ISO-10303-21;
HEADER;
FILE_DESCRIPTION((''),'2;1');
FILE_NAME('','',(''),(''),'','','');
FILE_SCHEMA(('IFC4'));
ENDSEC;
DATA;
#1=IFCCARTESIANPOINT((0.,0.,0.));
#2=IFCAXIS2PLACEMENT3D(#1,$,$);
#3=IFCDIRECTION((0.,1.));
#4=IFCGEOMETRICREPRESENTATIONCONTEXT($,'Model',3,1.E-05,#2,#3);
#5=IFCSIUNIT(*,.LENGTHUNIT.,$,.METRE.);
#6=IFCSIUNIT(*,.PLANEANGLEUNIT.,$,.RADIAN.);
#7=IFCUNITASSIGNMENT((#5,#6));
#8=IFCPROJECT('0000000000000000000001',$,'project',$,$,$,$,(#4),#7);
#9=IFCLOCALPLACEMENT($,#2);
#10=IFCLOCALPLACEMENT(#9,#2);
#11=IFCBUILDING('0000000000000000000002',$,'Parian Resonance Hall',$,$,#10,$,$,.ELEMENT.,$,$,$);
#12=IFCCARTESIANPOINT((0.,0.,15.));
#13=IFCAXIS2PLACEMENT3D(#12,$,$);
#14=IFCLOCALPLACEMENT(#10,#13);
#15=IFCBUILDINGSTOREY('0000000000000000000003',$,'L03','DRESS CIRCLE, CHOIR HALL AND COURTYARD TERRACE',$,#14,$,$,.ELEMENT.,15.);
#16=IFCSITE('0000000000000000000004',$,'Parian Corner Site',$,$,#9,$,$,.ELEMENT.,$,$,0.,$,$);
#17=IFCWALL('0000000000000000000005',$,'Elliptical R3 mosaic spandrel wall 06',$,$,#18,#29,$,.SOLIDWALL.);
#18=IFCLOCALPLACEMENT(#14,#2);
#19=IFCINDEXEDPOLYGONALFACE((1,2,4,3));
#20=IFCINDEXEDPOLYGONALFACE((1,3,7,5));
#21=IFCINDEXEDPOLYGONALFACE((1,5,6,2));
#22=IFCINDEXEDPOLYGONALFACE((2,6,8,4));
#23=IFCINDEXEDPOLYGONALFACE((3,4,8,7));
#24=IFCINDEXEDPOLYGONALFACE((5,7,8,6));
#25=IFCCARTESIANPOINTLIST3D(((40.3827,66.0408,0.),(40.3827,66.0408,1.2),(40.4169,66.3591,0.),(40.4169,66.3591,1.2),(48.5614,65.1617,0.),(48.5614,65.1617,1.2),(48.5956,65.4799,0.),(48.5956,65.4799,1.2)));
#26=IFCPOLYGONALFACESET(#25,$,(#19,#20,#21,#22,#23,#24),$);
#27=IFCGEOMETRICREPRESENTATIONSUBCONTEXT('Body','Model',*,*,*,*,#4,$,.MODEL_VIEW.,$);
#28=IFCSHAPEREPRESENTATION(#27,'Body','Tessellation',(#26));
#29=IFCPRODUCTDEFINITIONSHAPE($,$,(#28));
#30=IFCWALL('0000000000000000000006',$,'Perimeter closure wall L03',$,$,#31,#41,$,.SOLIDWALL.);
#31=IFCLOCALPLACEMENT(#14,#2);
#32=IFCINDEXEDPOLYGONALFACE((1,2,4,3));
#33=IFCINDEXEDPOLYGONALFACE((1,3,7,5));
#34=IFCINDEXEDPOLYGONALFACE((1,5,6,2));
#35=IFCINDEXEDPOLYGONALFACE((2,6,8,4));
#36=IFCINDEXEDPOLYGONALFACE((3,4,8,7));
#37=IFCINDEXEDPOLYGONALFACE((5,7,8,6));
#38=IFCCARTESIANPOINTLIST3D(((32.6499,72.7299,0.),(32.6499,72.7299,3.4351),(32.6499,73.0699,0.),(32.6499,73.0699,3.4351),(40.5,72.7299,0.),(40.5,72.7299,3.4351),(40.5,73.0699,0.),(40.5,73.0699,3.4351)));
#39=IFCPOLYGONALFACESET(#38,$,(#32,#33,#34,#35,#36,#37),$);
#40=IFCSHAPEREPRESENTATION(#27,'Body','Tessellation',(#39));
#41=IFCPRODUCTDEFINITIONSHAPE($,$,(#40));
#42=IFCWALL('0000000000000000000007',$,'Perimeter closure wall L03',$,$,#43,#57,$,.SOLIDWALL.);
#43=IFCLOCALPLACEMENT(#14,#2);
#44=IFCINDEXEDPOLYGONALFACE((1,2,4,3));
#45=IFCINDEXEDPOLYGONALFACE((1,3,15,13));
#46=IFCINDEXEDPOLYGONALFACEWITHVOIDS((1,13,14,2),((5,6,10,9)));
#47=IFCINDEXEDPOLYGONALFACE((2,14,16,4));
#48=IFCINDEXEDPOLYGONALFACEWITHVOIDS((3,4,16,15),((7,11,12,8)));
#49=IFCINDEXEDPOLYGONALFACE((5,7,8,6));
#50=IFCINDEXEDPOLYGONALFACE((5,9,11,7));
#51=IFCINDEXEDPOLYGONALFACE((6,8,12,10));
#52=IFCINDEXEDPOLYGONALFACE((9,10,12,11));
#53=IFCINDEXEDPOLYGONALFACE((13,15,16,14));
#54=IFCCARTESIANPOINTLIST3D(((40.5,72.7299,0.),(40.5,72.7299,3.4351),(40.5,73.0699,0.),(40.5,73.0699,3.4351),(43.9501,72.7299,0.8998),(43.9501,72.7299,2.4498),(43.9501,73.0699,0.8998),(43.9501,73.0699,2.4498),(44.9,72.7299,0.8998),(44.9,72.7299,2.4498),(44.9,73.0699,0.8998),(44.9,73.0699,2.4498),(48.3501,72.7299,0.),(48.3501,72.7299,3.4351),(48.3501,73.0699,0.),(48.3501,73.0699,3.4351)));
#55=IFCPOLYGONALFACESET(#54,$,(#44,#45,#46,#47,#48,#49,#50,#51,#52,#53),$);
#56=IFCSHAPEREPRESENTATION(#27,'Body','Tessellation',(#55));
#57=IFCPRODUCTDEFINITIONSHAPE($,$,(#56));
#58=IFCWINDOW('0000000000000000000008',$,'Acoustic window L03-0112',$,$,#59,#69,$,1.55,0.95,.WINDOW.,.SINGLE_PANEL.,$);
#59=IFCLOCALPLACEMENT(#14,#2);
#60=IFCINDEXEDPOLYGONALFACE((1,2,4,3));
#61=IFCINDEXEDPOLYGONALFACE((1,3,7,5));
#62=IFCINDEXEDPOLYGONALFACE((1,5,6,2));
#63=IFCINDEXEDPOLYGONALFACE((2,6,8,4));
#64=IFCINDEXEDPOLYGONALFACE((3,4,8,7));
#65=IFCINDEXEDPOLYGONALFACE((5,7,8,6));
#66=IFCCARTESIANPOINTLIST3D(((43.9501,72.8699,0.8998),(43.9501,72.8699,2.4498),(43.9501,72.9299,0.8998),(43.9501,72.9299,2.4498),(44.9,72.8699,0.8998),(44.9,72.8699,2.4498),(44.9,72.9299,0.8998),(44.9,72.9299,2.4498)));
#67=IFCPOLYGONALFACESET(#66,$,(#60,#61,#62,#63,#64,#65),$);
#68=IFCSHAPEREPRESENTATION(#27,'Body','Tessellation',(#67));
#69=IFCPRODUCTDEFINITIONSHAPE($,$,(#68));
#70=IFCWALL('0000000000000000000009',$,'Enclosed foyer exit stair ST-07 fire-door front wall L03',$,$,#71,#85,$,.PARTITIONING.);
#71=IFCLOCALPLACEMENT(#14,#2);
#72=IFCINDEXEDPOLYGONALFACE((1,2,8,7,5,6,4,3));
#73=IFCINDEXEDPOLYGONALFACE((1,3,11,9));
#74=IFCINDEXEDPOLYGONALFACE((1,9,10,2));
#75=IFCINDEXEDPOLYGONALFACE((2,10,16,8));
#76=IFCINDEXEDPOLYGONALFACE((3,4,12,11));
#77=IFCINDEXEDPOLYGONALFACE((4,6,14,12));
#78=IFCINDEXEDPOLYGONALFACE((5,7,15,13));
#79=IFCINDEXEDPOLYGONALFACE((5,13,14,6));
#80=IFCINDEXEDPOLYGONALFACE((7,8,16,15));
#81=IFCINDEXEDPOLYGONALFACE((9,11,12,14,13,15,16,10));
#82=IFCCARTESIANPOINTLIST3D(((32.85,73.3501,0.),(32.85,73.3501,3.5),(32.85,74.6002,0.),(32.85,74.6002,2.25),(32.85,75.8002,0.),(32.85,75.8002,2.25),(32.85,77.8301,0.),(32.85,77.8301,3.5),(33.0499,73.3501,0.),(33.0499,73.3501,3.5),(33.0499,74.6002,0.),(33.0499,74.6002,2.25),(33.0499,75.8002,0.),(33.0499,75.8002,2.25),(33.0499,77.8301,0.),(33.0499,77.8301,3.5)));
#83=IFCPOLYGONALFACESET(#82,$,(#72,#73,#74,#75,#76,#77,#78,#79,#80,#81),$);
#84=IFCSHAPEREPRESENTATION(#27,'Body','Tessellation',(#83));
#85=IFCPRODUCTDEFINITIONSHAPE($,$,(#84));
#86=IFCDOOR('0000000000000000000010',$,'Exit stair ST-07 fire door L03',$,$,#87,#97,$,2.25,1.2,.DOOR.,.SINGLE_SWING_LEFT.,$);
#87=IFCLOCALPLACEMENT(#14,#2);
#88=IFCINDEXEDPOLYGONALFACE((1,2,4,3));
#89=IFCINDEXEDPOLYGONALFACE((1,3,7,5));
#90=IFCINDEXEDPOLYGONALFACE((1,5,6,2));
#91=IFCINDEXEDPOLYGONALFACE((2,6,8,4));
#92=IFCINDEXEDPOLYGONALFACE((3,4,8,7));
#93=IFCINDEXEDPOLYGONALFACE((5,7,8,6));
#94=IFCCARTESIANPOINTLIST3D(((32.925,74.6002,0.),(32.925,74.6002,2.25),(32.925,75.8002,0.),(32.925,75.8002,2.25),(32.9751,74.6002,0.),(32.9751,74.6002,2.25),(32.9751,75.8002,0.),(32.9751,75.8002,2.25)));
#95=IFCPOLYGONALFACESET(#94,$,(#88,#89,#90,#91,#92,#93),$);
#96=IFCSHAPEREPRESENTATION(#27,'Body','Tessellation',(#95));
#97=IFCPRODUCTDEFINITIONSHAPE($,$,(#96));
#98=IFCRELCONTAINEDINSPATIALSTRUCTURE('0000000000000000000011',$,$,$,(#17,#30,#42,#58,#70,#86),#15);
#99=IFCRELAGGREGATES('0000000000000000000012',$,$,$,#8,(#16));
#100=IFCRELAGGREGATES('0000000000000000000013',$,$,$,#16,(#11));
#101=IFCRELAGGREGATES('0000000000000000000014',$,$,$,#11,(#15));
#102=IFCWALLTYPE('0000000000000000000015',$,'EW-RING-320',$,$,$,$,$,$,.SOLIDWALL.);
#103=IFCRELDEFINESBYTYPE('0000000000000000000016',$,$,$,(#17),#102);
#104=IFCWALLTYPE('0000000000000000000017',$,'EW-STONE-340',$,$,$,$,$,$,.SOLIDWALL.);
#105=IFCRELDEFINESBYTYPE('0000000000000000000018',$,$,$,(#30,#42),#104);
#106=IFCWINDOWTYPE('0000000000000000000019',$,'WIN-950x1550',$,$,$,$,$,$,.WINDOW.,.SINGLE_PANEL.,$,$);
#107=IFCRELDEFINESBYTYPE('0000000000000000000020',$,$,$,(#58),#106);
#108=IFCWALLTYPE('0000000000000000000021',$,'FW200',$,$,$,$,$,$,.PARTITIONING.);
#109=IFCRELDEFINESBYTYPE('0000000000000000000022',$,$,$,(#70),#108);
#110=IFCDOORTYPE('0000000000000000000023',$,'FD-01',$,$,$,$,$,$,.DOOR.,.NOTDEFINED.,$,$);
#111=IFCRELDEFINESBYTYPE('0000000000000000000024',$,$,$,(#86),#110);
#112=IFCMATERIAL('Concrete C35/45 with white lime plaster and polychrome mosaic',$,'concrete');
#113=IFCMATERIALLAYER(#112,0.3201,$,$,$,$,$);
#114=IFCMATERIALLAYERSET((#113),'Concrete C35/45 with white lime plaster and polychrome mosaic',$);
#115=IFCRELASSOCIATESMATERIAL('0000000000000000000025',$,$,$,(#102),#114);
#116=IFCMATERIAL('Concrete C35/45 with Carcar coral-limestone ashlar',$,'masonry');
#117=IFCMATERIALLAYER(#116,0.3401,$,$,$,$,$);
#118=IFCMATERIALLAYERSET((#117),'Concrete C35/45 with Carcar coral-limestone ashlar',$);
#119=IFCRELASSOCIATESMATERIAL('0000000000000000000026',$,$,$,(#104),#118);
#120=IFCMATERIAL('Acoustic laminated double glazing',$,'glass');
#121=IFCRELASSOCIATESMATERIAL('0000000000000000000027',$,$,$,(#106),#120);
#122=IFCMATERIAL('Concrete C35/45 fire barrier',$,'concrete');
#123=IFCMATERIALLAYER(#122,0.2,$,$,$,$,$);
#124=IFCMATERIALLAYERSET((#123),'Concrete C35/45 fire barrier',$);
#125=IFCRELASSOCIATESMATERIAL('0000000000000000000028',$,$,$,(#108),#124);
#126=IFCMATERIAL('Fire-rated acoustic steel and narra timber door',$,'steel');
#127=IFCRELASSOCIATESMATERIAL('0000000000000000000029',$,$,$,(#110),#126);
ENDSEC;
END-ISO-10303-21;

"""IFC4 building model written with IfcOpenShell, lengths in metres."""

from ifc_helpers import new_model, si_unit, direction, frame, frame_2d, origin, place, context, subcontext, project, spatial, rectangle, extrude, material, layer, layer_set, type_object, element, fill, save


model = new_model("IFC4")

# Units and contexts
model_context = context("Model", 3, precision=1e-05, world=origin(), true_north=direction((0.0, 1.0)))
body_context = subcontext(model_context, "Body", "Model", "MODEL_VIEW")
ifc_project = project(units=[si_unit("LENGTHUNIT", "METRE"), si_unit("PLANEANGLEUNIT", "RADIAN")], contexts=[model_context])

# Site, building, storey
site_placement = place(None, origin())
site = spatial("IfcSite", under=ifc_project, at=site_placement, Name="Parian Corner Site", CompositionType="ELEMENT", RefElevation=0.0)
building_placement = place(site_placement, origin())
building = spatial("IfcBuilding", under=site, at=building_placement, Name="Parian Resonance Hall", CompositionType="ELEMENT")
storey_placement = place(building_placement, frame((0.0, 0.0, 15.0)))
storey = spatial("IfcBuildingStorey", under=building, at=storey_placement, Name="L03", Description="DRESS CIRCLE, CHOIR HALL AND COURTYARD TERRACE", CompositionType="ELEMENT", Elevation=15.0)

# Walls
ifc_material_1 = material(Name="Concrete C35/45 with white lime plaster and polychrome mosaic", Category="concrete")
ifc_layer_1 = layer(ifc_material_1, 0.3201)
ifc_layer_set_1 = layer_set([ifc_layer_1], Name="Concrete C35/45 with white lime plaster and polychrome mosaic")
wall_type_1 = type_object("IfcWallType", Name="EW-RING-320", PredefinedType="SOLIDWALL", material=ifc_layer_set_1)
wall_1_placement = place(storey_placement, frame((40.3999, 66.2, 0.0), z_axis=(0.0, 0.0, 1.0), x_axis=(0.994272, -0.106877, 0.0)))
element("IfcWall", 1, at=wall_1_placement, inside=storey, type_object=wall_type_1, Name="Elliptical R3 mosaic spandrel wall 06", PredefinedType="SOLIDWALL", context=body_context, shape_type="SweptSolid", body=[
    extrude(rectangle(XDim=8.2258, YDim=0.3201, at=frame_2d((4.1128, 0.0))), origin(), (0.0, 0.0, 1.0), 1.2),
])
ifc_material_2 = material(Name="Concrete C35/45 with Carcar coral-limestone ashlar", Category="masonry")
ifc_layer_2 = layer(ifc_material_2, 0.3401)
ifc_layer_set_2 = layer_set([ifc_layer_2], Name="Concrete C35/45 with Carcar coral-limestone ashlar")
wall_type_2 = type_object("IfcWallType", Name="EW-STONE-340", PredefinedType="SOLIDWALL", material=ifc_layer_set_2)
wall_2_placement = place(storey_placement, frame((32.6499, 72.8999, 0.0), z_axis=(0.0, 0.0, 1.0), x_axis=(1.0, 0.0, 0.0)))
element("IfcWall", 2, at=wall_2_placement, inside=storey, type_object=wall_type_2, Name="Perimeter closure wall L03", PredefinedType="SOLIDWALL", context=body_context, shape_type="SweptSolid", body=[
    extrude(rectangle(XDim=7.8501, YDim=0.3401, at=frame_2d((3.925, 0.0))), origin(), (0.0, 0.0, 1.0), 3.4351),
])

# Wall, opening, window
wall_3_placement = place(storey_placement, frame((40.5, 72.8999, 0.0), z_axis=(0.0, 0.0, 1.0), x_axis=(1.0, 0.0, 0.0)))
wall_3 = element("IfcWall", 3, at=wall_3_placement, inside=storey, type_object=wall_type_2, Name="Perimeter closure wall L03", PredefinedType="SOLIDWALL", context=body_context, shape_type="SweptSolid", body=[
    extrude(rectangle(XDim=7.8501, YDim=0.3401, at=frame_2d((3.925, 0.0))), origin(), (0.0, 0.0, 1.0), 3.4351),
])
opening_1_placement = place(wall_3_placement, frame((3.45, 0.0, 0.8999)))
opening_1 = element("IfcOpeningElement", 4, at=opening_1_placement, cuts=wall_3, PredefinedType="OPENING", context=body_context, shape_type="SweptSolid", body=[
    extrude(rectangle(XDim=0.95, YDim=1.55, at=frame_2d((0.4751, 0.7749))), frame((0.0, 0.1799, 0.0), z_axis=(0.0, -1.0, 0.0), x_axis=(1.0, 0.0, 0.0)), (0.0, 0.0, 1.0), 0.3601),
])
ifc_material_3 = material(Name="Acoustic laminated double glazing", Category="glass")
window_type = type_object("IfcWindowType", Name="WIN-950x1550", PartitioningType="SINGLE_PANEL", PredefinedType="WINDOW", material=ifc_material_3)
window_placement = place(opening_1_placement, origin())
window = element("IfcWindow", 5, at=window_placement, inside=storey, type_object=window_type, Name="Acoustic window L03-0112", OverallHeight=1.55, OverallWidth=0.95, PartitioningType="SINGLE_PANEL", PredefinedType="WINDOW", context=body_context, shape_type="SweptSolid", body=[
    extrude(rectangle(XDim=0.95, YDim=1.55, at=frame_2d((0.4751, 0.7749))), frame((0.0, 0.03, 0.0), z_axis=(0.0, -1.0, 0.0), x_axis=(1.0, 0.0, 0.0)), (0.0, 0.0, 1.0), 0.0601),
])
fill(opening_1, window)

# Wall, opening, door
ifc_material_4 = material(Name="Concrete C35/45 fire barrier", Category="concrete")
ifc_layer_3 = layer(ifc_material_4, 0.2)
ifc_layer_set_3 = layer_set([ifc_layer_3], Name="Concrete C35/45 fire barrier")
wall_type_3 = type_object("IfcWallType", Name="FW200", PredefinedType="PARTITIONING", material=ifc_layer_set_3)
wall_4_placement = place(storey_placement, frame((32.95, 73.3501, 0.0), z_axis=(0.0, 0.0, 1.0), x_axis=(0.0, 1.0, 0.0)))
wall_4 = element("IfcWall", 6, at=wall_4_placement, inside=storey, type_object=wall_type_3, Name="Enclosed foyer exit stair ST-07 fire-door front wall L03", PredefinedType="PARTITIONING", context=body_context, shape_type="SweptSolid", body=[
    extrude(rectangle(XDim=4.48, YDim=0.2, at=frame_2d((2.24, 0.0))), origin(), (0.0, 0.0, 1.0), 3.5),
])
opening_2_placement = place(wall_4_placement, frame((1.25, 0.0, 0.0)))
opening_2 = element("IfcOpeningElement", 7, at=opening_2_placement, cuts=wall_4, PredefinedType="OPENING", context=body_context, shape_type="SweptSolid", body=[
    extrude(rectangle(XDim=1.2, YDim=2.25, at=frame_2d((0.6001, 1.125))), frame((0.0, 0.1099, 0.0), z_axis=(0.0, -1.0, 0.0), x_axis=(1.0, 0.0, 0.0)), (0.0, 0.0, 1.0), 0.22),
])
ifc_material_5 = material(Name="Fire-rated acoustic steel and narra timber door", Category="steel")
door_type = type_object("IfcDoorType", Name="FD-01", OperationType="NOTDEFINED", PredefinedType="DOOR", material=ifc_material_5)
door_placement = place(opening_2_placement, origin())
door = element("IfcDoor", 8, at=door_placement, inside=storey, type_object=door_type, Name="Exit stair ST-07 fire door L03", OperationType="SINGLE_SWING_LEFT", OverallHeight=2.25, OverallWidth=1.2, PredefinedType="DOOR", context=body_context, shape_type="SweptSolid", body=[
    extrude(rectangle(XDim=1.2, YDim=2.25, at=frame_2d((0.6001, 1.125))), frame((0.0, 0.0249, 0.0), z_axis=(0.0, -1.0, 0.0), x_axis=(1.0, 0.0, 0.0)), (0.0, 0.0, 1.0), 0.05),
])
fill(opening_2, door)

save(model, "model.ifc")
